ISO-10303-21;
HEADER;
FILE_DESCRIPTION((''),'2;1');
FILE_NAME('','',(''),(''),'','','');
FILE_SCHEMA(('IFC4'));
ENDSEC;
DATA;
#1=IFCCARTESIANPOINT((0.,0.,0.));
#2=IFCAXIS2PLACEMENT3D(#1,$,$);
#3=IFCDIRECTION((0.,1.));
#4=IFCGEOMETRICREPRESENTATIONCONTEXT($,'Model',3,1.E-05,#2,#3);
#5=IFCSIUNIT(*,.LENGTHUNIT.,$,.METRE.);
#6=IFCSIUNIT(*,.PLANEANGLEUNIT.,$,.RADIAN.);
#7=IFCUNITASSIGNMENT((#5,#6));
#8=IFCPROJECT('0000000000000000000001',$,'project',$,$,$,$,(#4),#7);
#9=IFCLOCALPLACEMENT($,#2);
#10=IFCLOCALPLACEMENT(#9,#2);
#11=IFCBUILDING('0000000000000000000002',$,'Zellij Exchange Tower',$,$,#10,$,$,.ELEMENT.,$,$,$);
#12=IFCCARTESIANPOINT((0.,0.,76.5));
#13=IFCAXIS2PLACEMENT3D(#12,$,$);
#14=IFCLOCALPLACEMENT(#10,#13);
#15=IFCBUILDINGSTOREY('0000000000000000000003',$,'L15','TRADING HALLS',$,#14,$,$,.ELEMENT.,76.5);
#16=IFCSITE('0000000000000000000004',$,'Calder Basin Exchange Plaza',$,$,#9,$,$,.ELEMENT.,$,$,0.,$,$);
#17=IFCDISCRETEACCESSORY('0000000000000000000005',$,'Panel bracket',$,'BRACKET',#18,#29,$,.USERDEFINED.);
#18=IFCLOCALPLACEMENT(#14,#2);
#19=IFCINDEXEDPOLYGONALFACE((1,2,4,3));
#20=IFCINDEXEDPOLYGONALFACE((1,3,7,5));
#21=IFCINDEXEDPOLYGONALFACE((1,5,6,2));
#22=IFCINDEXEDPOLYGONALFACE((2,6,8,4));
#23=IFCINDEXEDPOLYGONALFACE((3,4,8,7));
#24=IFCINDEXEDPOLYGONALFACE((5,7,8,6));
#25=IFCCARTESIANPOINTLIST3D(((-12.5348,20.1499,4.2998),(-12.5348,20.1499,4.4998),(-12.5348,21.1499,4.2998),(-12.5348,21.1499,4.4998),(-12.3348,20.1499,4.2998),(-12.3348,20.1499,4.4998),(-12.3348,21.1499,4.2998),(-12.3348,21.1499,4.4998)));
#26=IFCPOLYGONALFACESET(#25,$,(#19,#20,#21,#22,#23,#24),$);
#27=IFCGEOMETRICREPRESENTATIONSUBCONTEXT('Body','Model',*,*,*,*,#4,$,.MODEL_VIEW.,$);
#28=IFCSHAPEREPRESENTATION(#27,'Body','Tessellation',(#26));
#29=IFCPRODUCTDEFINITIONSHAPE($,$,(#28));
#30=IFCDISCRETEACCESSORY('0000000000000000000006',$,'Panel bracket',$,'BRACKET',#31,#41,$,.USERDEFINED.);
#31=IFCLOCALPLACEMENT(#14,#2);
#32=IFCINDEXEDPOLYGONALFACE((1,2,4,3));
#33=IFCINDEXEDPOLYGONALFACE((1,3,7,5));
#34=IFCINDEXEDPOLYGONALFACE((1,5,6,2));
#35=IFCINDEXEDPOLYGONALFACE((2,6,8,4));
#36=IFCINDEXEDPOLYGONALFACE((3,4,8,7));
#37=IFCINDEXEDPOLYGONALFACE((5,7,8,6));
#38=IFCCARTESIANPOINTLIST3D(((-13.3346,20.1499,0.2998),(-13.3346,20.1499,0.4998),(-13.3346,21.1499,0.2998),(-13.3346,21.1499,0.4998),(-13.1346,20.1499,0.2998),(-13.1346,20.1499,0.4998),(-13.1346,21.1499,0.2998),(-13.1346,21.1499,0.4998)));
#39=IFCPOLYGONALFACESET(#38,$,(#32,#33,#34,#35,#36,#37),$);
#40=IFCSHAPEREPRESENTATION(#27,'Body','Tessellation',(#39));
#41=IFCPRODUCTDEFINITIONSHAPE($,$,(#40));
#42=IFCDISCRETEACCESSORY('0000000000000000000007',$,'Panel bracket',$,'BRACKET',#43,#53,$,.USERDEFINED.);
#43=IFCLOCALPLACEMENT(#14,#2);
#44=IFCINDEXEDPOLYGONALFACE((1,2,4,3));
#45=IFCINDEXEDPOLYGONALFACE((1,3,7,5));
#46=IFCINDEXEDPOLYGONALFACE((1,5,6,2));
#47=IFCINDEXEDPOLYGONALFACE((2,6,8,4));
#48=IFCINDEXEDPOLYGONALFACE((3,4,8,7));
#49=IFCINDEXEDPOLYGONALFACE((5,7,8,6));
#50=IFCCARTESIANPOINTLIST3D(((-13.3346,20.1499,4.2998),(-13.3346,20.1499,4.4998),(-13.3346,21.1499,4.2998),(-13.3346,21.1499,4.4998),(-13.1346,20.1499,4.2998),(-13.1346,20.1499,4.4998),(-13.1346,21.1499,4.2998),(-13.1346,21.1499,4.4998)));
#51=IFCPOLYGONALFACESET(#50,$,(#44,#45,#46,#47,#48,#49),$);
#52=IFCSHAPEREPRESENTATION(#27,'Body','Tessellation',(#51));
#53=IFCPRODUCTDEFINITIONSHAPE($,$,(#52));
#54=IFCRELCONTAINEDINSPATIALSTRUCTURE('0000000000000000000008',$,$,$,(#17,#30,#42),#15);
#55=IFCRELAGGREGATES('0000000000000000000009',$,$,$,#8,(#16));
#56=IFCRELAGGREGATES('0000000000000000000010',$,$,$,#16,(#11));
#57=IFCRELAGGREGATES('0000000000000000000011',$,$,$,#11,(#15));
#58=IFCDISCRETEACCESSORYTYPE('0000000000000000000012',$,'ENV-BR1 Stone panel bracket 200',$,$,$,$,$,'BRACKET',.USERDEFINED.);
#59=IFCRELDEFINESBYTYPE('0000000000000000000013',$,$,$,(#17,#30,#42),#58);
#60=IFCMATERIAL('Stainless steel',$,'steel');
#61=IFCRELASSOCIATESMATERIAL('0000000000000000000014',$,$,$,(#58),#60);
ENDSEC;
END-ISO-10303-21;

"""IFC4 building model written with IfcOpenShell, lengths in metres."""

from ifc_helpers import new_model, si_unit, direction, frame, origin, origin_2d, place, context, subcontext, project, spatial, rectangle, extrude, material, type_object, element, save


model = new_model("IFC4")

# Units and contexts
model_context = context("Model", 3, precision=1e-05, world=origin(), true_north=direction((0.0, 1.0)))
body_context = subcontext(model_context, "Body", "Model", "MODEL_VIEW")
ifc_project = project(units=[si_unit("LENGTHUNIT", "METRE"), si_unit("PLANEANGLEUNIT", "RADIAN")], contexts=[model_context])

# Site, building, storey
site_placement = place(None, origin())
site = spatial("IfcSite", under=ifc_project, at=site_placement, Name="Calder Basin Exchange Plaza", CompositionType="ELEMENT", RefElevation=0.0)
building_placement = place(site_placement, origin())
building = spatial("IfcBuilding", under=site, at=building_placement, Name="Zellij Exchange Tower", CompositionType="ELEMENT")
storey_placement = place(building_placement, frame((0.0, 0.0, 76.5)))
storey = spatial("IfcBuildingStorey", under=building, at=storey_placement, Name="L15", Description="TRADING HALLS", CompositionType="ELEMENT", Elevation=76.5)

# Discrete accessories
ifc_material_1 = material(Name="Stainless steel", Category="steel")
discrete_accessory_type = type_object("IfcDiscreteAccessoryType", Name="ENV-BR1 Stone panel bracket 200", ElementType="BRACKET", PredefinedType="USERDEFINED", material=ifc_material_1)
for number, where, z_axis, x_axis, name in (
    (1, (-12.4348, 20.6499, 4.2998), (0.0, 0.0, 1.0), (-1.0, 0.0, 0.0), "Panel bracket"),
    (2, (-13.2346, 20.6499, 0.2998), (0.0, 0.0, 1.0), (-1.0, 0.0, 0.0), "Panel bracket"),
    (3, (-13.2346, 20.6499, 4.2998), (0.0, 0.0, 1.0), (-1.0, 0.0, 0.0), "Panel bracket"),
):
    element("IfcDiscreteAccessory", number, at=place(storey_placement, frame(where, z_axis=z_axis, x_axis=x_axis)), inside=storey, type_object=discrete_accessory_type, Name=name, ObjectType="BRACKET", PredefinedType="USERDEFINED", context=body_context, shape_type="SweptSolid", body=[
        extrude(rectangle(XDim=0.2, YDim=1.0, at=origin_2d()), origin(), (0.0, 0.0, 1.0), 0.2),
    ])

save(model, "model.ifc")
